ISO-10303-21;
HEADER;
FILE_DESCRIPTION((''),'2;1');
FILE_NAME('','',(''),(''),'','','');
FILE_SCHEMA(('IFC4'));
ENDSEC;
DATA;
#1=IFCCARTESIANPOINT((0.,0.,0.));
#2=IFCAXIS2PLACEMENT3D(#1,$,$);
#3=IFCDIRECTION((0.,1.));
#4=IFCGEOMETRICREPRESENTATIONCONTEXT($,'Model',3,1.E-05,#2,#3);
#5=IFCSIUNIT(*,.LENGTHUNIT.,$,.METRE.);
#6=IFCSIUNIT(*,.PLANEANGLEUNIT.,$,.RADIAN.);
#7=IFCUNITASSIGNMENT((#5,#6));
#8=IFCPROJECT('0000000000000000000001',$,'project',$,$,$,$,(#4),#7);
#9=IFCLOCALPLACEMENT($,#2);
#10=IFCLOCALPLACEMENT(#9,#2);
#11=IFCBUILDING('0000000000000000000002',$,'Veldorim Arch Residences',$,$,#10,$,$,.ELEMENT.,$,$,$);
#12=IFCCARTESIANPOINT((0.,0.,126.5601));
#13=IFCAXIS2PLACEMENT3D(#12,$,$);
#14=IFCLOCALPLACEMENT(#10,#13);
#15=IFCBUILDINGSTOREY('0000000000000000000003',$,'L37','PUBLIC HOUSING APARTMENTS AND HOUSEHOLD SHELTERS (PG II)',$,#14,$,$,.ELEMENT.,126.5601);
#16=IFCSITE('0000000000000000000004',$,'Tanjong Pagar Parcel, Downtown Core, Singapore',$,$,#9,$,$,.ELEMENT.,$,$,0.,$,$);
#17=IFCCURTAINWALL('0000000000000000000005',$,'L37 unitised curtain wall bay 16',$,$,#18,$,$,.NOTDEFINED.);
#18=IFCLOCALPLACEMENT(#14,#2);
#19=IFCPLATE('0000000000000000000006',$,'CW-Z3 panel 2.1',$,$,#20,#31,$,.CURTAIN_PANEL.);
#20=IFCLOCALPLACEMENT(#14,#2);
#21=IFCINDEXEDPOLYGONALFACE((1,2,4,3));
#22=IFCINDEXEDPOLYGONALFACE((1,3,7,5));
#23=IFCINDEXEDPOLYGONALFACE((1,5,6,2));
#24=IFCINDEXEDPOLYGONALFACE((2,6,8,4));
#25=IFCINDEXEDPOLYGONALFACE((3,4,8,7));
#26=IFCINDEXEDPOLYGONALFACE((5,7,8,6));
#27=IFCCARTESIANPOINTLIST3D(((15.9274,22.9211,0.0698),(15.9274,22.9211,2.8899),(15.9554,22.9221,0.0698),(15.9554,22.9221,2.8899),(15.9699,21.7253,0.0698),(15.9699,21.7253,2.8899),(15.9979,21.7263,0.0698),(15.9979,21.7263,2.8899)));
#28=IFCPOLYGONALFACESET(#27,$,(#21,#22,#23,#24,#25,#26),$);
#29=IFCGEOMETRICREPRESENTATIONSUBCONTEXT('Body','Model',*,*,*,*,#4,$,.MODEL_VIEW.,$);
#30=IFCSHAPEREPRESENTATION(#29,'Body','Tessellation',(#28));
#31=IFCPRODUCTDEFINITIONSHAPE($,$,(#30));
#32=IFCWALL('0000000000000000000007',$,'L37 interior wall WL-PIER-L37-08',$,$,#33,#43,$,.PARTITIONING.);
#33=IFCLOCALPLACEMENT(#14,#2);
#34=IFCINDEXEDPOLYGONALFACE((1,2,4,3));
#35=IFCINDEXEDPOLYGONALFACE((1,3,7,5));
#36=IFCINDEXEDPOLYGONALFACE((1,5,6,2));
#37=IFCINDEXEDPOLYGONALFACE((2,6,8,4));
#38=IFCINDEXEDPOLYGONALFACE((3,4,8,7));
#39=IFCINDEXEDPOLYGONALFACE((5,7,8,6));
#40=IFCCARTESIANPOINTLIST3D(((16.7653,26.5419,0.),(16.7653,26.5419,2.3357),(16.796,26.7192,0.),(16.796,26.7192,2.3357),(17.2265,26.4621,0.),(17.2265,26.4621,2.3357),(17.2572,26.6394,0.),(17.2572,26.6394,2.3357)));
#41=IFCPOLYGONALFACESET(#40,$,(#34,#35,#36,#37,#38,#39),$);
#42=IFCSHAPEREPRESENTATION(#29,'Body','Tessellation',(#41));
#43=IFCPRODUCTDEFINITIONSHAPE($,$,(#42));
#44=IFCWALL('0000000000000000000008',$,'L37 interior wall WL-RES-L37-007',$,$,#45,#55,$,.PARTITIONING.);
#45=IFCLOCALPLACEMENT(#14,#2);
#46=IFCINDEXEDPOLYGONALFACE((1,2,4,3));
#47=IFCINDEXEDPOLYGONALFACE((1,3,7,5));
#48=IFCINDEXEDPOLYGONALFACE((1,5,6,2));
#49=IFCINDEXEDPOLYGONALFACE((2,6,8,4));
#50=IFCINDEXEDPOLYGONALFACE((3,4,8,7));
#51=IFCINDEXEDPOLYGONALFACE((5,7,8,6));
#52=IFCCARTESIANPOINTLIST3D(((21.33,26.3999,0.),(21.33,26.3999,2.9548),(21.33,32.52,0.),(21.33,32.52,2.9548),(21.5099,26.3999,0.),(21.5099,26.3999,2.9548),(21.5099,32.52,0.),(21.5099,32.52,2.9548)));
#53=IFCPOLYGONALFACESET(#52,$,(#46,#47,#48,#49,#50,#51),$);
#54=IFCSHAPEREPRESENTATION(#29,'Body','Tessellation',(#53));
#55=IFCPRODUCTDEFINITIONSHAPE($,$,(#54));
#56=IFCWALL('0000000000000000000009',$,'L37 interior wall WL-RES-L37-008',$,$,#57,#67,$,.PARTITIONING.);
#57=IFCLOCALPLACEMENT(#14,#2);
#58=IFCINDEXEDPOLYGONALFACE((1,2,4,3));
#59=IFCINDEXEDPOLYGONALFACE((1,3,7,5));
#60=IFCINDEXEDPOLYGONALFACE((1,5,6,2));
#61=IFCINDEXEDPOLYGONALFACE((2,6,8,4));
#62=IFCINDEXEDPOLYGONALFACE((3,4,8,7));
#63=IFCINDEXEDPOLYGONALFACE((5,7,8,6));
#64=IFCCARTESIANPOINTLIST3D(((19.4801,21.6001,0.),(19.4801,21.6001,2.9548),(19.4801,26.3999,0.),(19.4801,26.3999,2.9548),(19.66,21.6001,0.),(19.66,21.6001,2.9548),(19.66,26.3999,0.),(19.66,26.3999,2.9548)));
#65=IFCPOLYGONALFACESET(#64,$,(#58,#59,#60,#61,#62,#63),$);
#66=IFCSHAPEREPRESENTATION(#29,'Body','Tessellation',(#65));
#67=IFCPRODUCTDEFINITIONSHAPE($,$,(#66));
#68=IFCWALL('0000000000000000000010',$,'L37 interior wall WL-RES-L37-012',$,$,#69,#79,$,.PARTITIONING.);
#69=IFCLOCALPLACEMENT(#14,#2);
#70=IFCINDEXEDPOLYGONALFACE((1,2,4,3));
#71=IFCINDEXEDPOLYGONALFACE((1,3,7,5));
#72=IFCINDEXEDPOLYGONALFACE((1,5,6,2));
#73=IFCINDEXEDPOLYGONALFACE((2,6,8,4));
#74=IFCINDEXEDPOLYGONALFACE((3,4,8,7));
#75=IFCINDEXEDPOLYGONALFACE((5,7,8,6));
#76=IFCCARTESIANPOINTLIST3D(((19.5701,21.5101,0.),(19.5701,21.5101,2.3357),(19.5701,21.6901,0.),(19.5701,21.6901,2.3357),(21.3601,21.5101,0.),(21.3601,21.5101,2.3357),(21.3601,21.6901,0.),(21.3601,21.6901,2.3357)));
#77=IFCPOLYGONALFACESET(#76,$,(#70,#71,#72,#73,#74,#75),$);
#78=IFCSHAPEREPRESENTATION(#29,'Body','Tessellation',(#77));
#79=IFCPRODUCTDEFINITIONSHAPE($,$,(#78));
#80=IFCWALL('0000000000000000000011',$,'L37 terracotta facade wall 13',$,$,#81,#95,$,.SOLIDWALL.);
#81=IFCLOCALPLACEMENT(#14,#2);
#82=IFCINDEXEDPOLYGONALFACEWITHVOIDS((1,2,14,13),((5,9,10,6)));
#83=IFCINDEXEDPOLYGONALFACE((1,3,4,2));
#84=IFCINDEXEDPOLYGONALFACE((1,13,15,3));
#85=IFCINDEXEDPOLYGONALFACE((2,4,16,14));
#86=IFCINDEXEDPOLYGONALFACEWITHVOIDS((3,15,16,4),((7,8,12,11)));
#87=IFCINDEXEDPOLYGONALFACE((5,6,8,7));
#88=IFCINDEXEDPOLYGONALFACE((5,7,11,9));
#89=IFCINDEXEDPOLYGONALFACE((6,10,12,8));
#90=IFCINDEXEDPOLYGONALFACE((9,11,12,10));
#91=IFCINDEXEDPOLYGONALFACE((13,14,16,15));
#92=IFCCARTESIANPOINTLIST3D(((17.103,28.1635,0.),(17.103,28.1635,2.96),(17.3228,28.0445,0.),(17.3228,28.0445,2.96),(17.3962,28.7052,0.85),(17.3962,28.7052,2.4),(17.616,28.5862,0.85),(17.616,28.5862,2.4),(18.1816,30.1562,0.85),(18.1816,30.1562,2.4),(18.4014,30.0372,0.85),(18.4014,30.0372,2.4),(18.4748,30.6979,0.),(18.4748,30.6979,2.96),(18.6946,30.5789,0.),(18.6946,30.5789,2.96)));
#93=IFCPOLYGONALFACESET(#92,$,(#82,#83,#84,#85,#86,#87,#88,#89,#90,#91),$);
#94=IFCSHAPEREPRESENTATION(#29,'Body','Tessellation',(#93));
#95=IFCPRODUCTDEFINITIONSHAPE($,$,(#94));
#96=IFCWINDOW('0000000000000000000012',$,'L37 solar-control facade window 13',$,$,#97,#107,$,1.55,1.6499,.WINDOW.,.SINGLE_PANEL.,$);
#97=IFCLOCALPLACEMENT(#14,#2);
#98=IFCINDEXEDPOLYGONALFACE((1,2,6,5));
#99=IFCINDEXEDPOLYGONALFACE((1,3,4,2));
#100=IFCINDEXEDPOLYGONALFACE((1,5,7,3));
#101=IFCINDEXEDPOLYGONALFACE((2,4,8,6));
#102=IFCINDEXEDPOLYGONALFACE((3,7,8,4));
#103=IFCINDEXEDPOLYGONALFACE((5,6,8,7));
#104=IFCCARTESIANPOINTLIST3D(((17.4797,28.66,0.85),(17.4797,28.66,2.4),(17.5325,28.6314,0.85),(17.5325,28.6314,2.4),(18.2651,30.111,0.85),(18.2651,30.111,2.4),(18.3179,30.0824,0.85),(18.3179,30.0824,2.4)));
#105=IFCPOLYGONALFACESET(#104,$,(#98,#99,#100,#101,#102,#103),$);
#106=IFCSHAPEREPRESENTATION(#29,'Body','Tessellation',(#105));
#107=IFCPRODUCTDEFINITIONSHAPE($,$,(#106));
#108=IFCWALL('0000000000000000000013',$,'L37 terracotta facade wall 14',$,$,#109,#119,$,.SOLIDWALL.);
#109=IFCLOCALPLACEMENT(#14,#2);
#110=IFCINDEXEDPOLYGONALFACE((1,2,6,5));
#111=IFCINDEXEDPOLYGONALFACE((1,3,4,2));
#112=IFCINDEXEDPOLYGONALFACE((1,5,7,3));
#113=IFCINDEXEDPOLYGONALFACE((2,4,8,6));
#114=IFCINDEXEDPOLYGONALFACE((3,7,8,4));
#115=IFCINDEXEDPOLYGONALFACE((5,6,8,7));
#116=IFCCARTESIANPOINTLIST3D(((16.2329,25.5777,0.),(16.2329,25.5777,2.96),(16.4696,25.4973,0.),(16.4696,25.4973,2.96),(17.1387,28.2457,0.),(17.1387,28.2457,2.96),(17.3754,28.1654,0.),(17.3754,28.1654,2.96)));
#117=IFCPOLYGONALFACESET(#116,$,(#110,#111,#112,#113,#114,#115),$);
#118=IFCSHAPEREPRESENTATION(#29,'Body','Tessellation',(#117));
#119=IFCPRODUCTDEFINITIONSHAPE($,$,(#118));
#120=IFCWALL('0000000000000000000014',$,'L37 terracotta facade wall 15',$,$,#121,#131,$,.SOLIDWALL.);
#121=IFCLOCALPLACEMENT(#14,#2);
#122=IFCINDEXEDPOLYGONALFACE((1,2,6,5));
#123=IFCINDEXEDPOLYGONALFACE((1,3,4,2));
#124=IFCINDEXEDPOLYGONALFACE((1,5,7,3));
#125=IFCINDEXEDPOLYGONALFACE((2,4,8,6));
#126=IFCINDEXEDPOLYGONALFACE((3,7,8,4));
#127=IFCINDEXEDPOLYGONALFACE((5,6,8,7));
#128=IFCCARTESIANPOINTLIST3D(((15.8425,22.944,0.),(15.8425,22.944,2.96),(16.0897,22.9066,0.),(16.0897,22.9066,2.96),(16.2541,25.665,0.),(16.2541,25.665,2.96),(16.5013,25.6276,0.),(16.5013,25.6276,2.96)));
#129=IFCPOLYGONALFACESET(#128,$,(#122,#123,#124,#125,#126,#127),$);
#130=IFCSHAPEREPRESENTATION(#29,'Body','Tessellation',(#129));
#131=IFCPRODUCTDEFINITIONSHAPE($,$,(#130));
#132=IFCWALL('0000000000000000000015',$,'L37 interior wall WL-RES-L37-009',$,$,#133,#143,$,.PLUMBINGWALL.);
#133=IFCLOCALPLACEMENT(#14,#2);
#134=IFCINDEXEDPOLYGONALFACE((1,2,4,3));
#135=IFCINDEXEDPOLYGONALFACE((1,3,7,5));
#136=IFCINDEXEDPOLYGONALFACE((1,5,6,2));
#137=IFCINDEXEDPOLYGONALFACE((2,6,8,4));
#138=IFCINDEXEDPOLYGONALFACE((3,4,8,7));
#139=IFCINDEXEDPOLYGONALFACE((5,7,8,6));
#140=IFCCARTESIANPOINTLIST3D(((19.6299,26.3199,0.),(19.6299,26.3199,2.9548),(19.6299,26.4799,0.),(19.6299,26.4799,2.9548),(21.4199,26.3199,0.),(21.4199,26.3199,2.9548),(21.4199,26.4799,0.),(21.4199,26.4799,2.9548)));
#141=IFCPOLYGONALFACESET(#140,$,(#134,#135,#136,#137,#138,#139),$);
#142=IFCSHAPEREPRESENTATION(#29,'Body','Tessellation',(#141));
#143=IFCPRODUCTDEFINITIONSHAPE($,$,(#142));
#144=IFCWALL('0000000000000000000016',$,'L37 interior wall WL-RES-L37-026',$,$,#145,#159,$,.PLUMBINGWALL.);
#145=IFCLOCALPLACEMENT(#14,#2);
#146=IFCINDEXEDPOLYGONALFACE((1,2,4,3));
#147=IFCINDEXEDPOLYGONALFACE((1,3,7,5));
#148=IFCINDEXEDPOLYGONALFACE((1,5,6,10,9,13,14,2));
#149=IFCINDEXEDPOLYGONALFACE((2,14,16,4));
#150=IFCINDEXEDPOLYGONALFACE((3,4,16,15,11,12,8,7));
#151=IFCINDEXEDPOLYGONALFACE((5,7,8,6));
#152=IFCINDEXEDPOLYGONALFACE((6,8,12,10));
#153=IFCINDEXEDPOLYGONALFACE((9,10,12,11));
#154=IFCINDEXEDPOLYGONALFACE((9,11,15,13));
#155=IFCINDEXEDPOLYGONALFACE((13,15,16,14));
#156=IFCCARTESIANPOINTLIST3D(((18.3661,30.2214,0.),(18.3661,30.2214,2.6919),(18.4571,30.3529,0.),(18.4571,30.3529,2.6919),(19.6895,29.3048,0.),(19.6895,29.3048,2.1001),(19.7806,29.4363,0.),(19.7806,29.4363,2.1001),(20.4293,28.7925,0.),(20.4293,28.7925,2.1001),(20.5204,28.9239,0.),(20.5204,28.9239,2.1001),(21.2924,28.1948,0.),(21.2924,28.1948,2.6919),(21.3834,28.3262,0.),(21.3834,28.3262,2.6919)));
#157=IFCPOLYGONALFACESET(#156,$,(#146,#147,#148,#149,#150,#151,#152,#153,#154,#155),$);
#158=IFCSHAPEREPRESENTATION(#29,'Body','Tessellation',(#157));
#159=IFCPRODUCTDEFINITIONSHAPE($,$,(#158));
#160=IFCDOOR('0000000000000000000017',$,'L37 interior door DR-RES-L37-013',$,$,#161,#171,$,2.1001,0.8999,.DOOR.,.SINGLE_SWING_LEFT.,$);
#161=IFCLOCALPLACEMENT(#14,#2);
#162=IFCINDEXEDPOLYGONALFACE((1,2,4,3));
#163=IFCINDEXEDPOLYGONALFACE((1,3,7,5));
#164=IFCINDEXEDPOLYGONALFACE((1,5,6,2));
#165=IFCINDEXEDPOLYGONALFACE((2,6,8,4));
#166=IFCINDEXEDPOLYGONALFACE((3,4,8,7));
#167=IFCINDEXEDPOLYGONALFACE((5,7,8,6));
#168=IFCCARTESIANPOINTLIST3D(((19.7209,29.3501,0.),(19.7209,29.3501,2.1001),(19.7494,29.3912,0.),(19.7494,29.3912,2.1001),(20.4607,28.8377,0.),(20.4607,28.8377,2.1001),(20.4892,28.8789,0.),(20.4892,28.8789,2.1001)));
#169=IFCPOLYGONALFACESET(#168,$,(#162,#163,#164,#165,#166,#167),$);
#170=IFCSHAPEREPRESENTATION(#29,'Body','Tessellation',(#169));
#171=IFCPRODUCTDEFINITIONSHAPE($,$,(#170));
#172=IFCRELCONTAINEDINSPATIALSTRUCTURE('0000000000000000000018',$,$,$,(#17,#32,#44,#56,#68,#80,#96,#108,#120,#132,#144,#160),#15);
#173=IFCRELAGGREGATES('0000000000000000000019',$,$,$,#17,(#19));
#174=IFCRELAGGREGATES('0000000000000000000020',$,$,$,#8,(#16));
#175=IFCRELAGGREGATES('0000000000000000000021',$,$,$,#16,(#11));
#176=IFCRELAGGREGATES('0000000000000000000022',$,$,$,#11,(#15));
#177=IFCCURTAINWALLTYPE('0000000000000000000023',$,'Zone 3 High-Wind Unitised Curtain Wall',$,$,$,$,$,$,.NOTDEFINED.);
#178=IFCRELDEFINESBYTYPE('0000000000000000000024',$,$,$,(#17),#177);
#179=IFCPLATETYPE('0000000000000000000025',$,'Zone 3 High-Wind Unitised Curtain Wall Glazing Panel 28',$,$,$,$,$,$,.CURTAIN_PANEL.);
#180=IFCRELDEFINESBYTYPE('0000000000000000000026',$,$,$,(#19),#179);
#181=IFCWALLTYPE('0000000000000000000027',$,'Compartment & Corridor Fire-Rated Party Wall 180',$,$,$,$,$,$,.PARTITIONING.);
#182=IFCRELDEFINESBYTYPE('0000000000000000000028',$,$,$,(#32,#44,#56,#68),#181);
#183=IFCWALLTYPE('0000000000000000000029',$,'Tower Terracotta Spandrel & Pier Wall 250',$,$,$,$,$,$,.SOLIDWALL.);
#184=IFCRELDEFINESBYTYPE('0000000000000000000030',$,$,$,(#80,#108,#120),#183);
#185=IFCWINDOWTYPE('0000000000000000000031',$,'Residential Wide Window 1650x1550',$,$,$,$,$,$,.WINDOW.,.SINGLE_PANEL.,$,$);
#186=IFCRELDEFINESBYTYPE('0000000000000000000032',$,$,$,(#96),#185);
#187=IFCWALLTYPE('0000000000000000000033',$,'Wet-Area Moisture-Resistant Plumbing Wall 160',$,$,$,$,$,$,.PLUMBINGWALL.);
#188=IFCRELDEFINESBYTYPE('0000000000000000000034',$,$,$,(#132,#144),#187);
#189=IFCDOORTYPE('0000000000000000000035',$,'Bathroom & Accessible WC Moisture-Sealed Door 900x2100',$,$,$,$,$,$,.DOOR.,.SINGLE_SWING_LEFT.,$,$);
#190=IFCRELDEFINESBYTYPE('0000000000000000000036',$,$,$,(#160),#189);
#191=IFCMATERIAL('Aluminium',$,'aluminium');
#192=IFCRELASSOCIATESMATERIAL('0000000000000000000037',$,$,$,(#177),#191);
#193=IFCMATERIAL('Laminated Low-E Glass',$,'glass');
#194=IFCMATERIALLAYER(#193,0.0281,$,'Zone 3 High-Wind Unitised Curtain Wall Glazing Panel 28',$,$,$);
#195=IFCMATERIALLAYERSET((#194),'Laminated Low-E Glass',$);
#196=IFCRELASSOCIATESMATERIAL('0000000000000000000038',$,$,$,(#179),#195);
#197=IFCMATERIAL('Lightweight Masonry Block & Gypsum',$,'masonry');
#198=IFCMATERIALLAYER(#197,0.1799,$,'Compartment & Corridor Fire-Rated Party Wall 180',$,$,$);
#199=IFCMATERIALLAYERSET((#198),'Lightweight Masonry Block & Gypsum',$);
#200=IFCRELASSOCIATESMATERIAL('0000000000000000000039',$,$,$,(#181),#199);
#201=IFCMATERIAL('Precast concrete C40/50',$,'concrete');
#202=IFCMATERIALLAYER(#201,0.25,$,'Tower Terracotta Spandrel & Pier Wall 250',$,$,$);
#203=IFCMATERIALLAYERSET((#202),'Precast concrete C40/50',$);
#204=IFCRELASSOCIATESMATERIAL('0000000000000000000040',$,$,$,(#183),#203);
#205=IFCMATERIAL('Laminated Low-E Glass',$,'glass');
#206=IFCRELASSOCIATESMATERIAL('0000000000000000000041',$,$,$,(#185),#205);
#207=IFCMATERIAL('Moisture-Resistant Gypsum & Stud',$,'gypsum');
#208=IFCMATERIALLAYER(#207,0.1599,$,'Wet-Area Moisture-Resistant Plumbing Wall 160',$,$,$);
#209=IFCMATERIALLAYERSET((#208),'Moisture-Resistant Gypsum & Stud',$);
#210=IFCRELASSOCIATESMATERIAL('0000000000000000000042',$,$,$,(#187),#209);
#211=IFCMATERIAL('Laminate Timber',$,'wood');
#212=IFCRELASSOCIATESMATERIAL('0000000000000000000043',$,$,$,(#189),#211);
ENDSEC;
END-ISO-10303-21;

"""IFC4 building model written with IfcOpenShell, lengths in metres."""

from ifc_helpers import new_model, si_unit, direction, frame, frame_2d, origin, origin_2d, place, context, subcontext, project, spatial, rectangle, extrude, material, layer, layer_set, type_object, element, fill, aggregate, save


model = new_model("IFC4")

# Units and contexts
model_context = context("Model", 3, precision=1e-05, world=origin(), true_north=direction((0.0, 1.0)))
body_context = subcontext(model_context, "Body", "Model", "MODEL_VIEW")
ifc_project = project(units=[si_unit("LENGTHUNIT", "METRE"), si_unit("PLANEANGLEUNIT", "RADIAN")], contexts=[model_context])

# Site, building, storey
site_placement = place(None, origin())
site = spatial("IfcSite", under=ifc_project, at=site_placement, Name="Tanjong Pagar Parcel, Downtown Core, Singapore", CompositionType="ELEMENT", RefElevation=0.0)
building_placement = place(site_placement, origin())
building = spatial("IfcBuilding", under=site, at=building_placement, Name="Veldorim Arch Residences", CompositionType="ELEMENT")
storey_placement = place(building_placement, frame((0.0, 0.0, 126.5601)))
storey = spatial("IfcBuildingStorey", under=building, at=storey_placement, Name="L37", Description="PUBLIC HOUSING APARTMENTS AND HOUSEHOLD SHELTERS (PG II)", CompositionType="ELEMENT", Elevation=126.5601)

# Curtain wall, plate
ifc_material_1 = material(Name="Aluminium", Category="aluminium")
curtain_wall_type = type_object("IfcCurtainWallType", Name="Zone 3 High-Wind Unitised Curtain Wall", PredefinedType="NOTDEFINED", material=ifc_material_1)
curtain_wall_placement = place(storey_placement, origin())
curtain_wall = element("IfcCurtainWall", 1, at=curtain_wall_placement, inside=storey, type_object=curtain_wall_type, Name="L37 unitised curtain wall bay 16", PredefinedType="NOTDEFINED")
ifc_material_2 = material(Name="Laminated Low-E Glass", Category="glass")
ifc_layer_1 = layer(ifc_material_2, 0.0281, Name="Zone 3 High-Wind Unitised Curtain Wall Glazing Panel 28")
ifc_layer_set_1 = layer_set([ifc_layer_1], Name="Laminated Low-E Glass")
plate_type = type_object("IfcPlateType", Name="Zone 3 High-Wind Unitised Curtain Wall Glazing Panel 28", PredefinedType="CURTAIN_PANEL", material=ifc_layer_set_1)
plate_placement = place(storey_placement, frame((15.9626, 22.3237, 0.0698), z_axis=(0.0, 0.0, 1.0), x_axis=(-0.035498, 0.99937, 0.0)))
plate = element("IfcPlate", 2, at=plate_placement, type_object=plate_type, Name="CW-Z3 panel 2.1", PredefinedType="CURTAIN_PANEL", context=body_context, shape_type="SweptSolid", body=[
    extrude(rectangle(XDim=1.1965, YDim=0.0281, at=origin_2d()), origin(), (0.0, 0.0, 1.0), 2.8201),
])
aggregate(curtain_wall, [plate])

# Walls
ifc_material_3 = material(Name="Lightweight Masonry Block & Gypsum", Category="masonry")
ifc_layer_2 = layer(ifc_material_3, 0.1799, Name="Compartment & Corridor Fire-Rated Party Wall 180")
ifc_layer_set_2 = layer_set([ifc_layer_2], Name="Lightweight Masonry Block & Gypsum")
wall_type_1 = type_object("IfcWallType", Name="Compartment & Corridor Fire-Rated Party Wall 180", PredefinedType="PARTITIONING", material=ifc_layer_set_2)
wall_1_placement = place(storey_placement, frame((17.2417, 26.5508, 0.0), z_axis=(0.0, 0.0, 1.0), x_axis=(-0.985345, 0.170571, 0.0)))
element("IfcWall", 3, at=wall_1_placement, inside=storey, type_object=wall_type_1, Name="L37 interior wall WL-PIER-L37-08", PredefinedType="PARTITIONING", context=body_context, shape_type="SweptSolid", body=[
    extrude(rectangle(XDim=0.468, YDim=0.1799, at=frame_2d((0.2339, 0.0))), origin(), (0.0, 0.0, 1.0), 2.3357),
])
wall_2_placement = place(storey_placement, frame((21.4199, 26.3999, 0.0), z_axis=(0.0, 0.0, 1.0), x_axis=(0.0, 1.0, 0.0)))
element("IfcWall", 4, at=wall_2_placement, inside=storey, type_object=wall_type_1, Name="L37 interior wall WL-RES-L37-007", PredefinedType="PARTITIONING", context=body_context, shape_type="SweptSolid", body=[
    extrude(rectangle(XDim=6.1201, YDim=0.1799, at=frame_2d((3.0601, 0.0))), origin(), (0.0, 0.0, 1.0), 2.9548),
])
wall_3_placement = place(storey_placement, frame((19.5701, 21.6001, 0.0), z_axis=(0.0, 0.0, 1.0), x_axis=(0.0, 1.0, 0.0)))
element("IfcWall", 5, at=wall_3_placement, inside=storey, type_object=wall_type_1, Name="L37 interior wall WL-RES-L37-008", PredefinedType="PARTITIONING", context=body_context, shape_type="SweptSolid", body=[
    extrude(rectangle(XDim=4.7998, YDim=0.1799, at=frame_2d((2.3999, 0.0))), origin(), (0.0, 0.0, 1.0), 2.9548),
])
wall_4_placement = place(storey_placement, frame((21.3601, 21.6001, 0.0), z_axis=(0.0, 0.0, 1.0), x_axis=(-1.0, 0.0, 0.0)))
element("IfcWall", 6, at=wall_4_placement, inside=storey, type_object=wall_type_1, Name="L37 interior wall WL-RES-L37-012", PredefinedType="PARTITIONING", context=body_context, shape_type="SweptSolid", body=[
    extrude(rectangle(XDim=1.79, YDim=0.1799, at=frame_2d((0.895, 0.0))), origin(), (0.0, 0.0, 1.0), 2.3357),
])

# Wall, opening, window
ifc_material_4 = material(Name="Precast concrete C40/50", Category="concrete")
ifc_layer_3 = layer(ifc_material_4, 0.25, Name="Tower Terracotta Spandrel & Pier Wall 250")
ifc_layer_set_3 = layer_set([ifc_layer_3], Name="Precast concrete C40/50")
wall_type_2 = type_object("IfcWallType", Name="Tower Terracotta Spandrel & Pier Wall 250", PredefinedType="SOLIDWALL", material=ifc_layer_set_3)
wall_5_placement = place(storey_placement, frame((17.2129, 28.104, 0.0), z_axis=(0.0, 0.0, 1.0), x_axis=(0.476018, 0.879435, 0.0)))
wall_5 = element("IfcWall", 7, at=wall_5_placement, inside=storey, type_object=wall_type_2, Name="L37 terracotta facade wall 13", PredefinedType="SOLIDWALL", context=body_context, shape_type="SweptSolid", body=[
    extrude(rectangle(XDim=2.8818, YDim=0.25, at=frame_2d((1.4409, 0.0))), origin(), (0.0, 0.0, 1.0), 2.96),
])
opening_1_placement = place(wall_5_placement, frame((0.616, 0.0, 0.8501)))
opening_1 = element("IfcOpeningElement", 8, at=opening_1_placement, cuts=wall_5, PredefinedType="OPENING", context=body_context, shape_type="SweptSolid", body=[
    extrude(rectangle(XDim=1.6499, YDim=1.55, at=frame_2d((0.825, 0.7749))), frame((0.0, 0.135, 0.0), z_axis=(0.0, -1.0, 0.0), x_axis=(1.0, 0.0, 0.0)), (0.0, 0.0, 1.0), 0.27),
])
ifc_material_5 = material(Name="Laminated Low-E Glass", Category="glass")
window_type = type_object("IfcWindowType", Name="Residential Wide Window 1650x1550", PartitioningType="SINGLE_PANEL", PredefinedType="WINDOW", material=ifc_material_5)
window_placement = place(opening_1_placement, origin())
window = element("IfcWindow", 9, at=window_placement, inside=storey, type_object=window_type, Name="L37 solar-control facade window 13", OverallHeight=1.55, OverallWidth=1.6499, PartitioningType="SINGLE_PANEL", PredefinedType="WINDOW", context=body_context, shape_type="SweptSolid", body=[
    extrude(rectangle(XDim=1.6499, YDim=1.55, at=frame_2d((0.825, 0.7749))), frame((0.0, 0.03, 0.0), z_axis=(0.0, -1.0, 0.0), x_axis=(1.0, 0.0, 0.0)), (0.0, 0.0, 1.0), 0.0601),
])
fill(opening_1, window)

# Walls
wall_6_placement = place(storey_placement, frame((16.3513, 25.5376, 0.0), z_axis=(0.0, 0.0, 1.0), x_axis=(0.321474, 0.946918, 0.0)))
element("IfcWall", 10, at=wall_6_placement, inside=storey, type_object=wall_type_2, Name="L37 terracotta facade wall 14", PredefinedType="SOLIDWALL", context=body_context, shape_type="SweptSolid", body=[
    extrude(rectangle(XDim=2.8176, YDim=0.25, at=frame_2d((1.4087, 0.0))), origin(), (0.0, 0.0, 1.0), 2.96),
])
wall_7_placement = place(storey_placement, frame((15.9661, 22.9253, 0.0), z_axis=(0.0, 0.0, 1.0), x_axis=(0.149577, 0.98875, 0.0)))
element("IfcWall", 11, at=wall_7_placement, inside=storey, type_object=wall_type_2, Name="L37 terracotta facade wall 15", PredefinedType="SOLIDWALL", context=body_context, shape_type="SweptSolid", body=[
    extrude(rectangle(XDim=2.752, YDim=0.25, at=frame_2d((1.376, 0.0))), origin(), (0.0, 0.0, 1.0), 2.96),
])
ifc_material_6 = material(Name="Moisture-Resistant Gypsum & Stud", Category="gypsum")
ifc_layer_4 = layer(ifc_material_6, 0.1599, Name="Wet-Area Moisture-Resistant Plumbing Wall 160")
ifc_layer_set_4 = layer_set([ifc_layer_4], Name="Moisture-Resistant Gypsum & Stud")
wall_type_3 = type_object("IfcWallType", Name="Wet-Area Moisture-Resistant Plumbing Wall 160", PredefinedType="PLUMBINGWALL", material=ifc_layer_set_4)
wall_8_placement = place(storey_placement, frame((19.6299, 26.3999, 0.0), z_axis=(0.0, 0.0, 1.0), x_axis=(1.0, 0.0, 0.0)))
element("IfcWall", 12, at=wall_8_placement, inside=storey, type_object=wall_type_3, Name="L37 interior wall WL-RES-L37-009", PredefinedType="PLUMBINGWALL", context=body_context, shape_type="SweptSolid", body=[
    extrude(rectangle(XDim=1.79, YDim=0.1599, at=frame_2d((0.895, 0.0))), origin(), (0.0, 0.0, 1.0), 2.9548),
])

# Wall, opening, door
wall_9_placement = place(storey_placement, frame((21.3379, 28.2605, 0.0), z_axis=(0.0, 0.0, 1.0), x_axis=(-0.822096, 0.569349, 0.0)))
wall_9 = element("IfcWall", 13, at=wall_9_placement, inside=storey, type_object=wall_type_3, Name="L37 interior wall WL-RES-L37-026", PredefinedType="PLUMBINGWALL", context=body_context, shape_type="SweptSolid", body=[
    extrude(rectangle(XDim=3.5596, YDim=0.1599, at=frame_2d((1.7798, 0.0))), origin(), (0.0, 0.0, 1.0), 2.6919),
])
opening_2_placement = place(wall_9_placement, frame((1.0498, 0.0, 0.0)))
opening_2 = element("IfcOpeningElement", 14, at=opening_2_placement, cuts=wall_9, PredefinedType="OPENING", context=body_context, shape_type="SweptSolid", body=[
    extrude(rectangle(XDim=0.8999, YDim=2.1001, at=frame_2d((0.45, 1.05))), frame((0.0, 0.0898, 0.0), z_axis=(0.0, -1.0, 0.0), x_axis=(1.0, 0.0, 0.0)), (0.0, 0.0, 1.0), 0.1799),
])
ifc_material_7 = material(Name="Laminate Timber", Category="wood")
door_type = type_object("IfcDoorType", Name="Bathroom & Accessible WC Moisture-Sealed Door 900x2100", OperationType="SINGLE_SWING_LEFT", PredefinedType="DOOR", material=ifc_material_7)
door_placement = place(opening_2_placement, origin())
door = element("IfcDoor", 15, at=door_placement, inside=storey, type_object=door_type, Name="L37 interior door DR-RES-L37-013", OperationType="SINGLE_SWING_LEFT", OverallHeight=2.1001, OverallWidth=0.8999, PredefinedType="DOOR", context=body_context, shape_type="SweptSolid", body=[
    extrude(rectangle(XDim=0.8999, YDim=2.1001, at=frame_2d((0.45, 1.05))), frame((0.0, 0.0249, 0.0), z_axis=(0.0, -1.0, 0.0), x_axis=(1.0, 0.0, 0.0)), (0.0, 0.0, 1.0), 0.05),
])
fill(opening_2, door)

save(model, "model.ifc")
